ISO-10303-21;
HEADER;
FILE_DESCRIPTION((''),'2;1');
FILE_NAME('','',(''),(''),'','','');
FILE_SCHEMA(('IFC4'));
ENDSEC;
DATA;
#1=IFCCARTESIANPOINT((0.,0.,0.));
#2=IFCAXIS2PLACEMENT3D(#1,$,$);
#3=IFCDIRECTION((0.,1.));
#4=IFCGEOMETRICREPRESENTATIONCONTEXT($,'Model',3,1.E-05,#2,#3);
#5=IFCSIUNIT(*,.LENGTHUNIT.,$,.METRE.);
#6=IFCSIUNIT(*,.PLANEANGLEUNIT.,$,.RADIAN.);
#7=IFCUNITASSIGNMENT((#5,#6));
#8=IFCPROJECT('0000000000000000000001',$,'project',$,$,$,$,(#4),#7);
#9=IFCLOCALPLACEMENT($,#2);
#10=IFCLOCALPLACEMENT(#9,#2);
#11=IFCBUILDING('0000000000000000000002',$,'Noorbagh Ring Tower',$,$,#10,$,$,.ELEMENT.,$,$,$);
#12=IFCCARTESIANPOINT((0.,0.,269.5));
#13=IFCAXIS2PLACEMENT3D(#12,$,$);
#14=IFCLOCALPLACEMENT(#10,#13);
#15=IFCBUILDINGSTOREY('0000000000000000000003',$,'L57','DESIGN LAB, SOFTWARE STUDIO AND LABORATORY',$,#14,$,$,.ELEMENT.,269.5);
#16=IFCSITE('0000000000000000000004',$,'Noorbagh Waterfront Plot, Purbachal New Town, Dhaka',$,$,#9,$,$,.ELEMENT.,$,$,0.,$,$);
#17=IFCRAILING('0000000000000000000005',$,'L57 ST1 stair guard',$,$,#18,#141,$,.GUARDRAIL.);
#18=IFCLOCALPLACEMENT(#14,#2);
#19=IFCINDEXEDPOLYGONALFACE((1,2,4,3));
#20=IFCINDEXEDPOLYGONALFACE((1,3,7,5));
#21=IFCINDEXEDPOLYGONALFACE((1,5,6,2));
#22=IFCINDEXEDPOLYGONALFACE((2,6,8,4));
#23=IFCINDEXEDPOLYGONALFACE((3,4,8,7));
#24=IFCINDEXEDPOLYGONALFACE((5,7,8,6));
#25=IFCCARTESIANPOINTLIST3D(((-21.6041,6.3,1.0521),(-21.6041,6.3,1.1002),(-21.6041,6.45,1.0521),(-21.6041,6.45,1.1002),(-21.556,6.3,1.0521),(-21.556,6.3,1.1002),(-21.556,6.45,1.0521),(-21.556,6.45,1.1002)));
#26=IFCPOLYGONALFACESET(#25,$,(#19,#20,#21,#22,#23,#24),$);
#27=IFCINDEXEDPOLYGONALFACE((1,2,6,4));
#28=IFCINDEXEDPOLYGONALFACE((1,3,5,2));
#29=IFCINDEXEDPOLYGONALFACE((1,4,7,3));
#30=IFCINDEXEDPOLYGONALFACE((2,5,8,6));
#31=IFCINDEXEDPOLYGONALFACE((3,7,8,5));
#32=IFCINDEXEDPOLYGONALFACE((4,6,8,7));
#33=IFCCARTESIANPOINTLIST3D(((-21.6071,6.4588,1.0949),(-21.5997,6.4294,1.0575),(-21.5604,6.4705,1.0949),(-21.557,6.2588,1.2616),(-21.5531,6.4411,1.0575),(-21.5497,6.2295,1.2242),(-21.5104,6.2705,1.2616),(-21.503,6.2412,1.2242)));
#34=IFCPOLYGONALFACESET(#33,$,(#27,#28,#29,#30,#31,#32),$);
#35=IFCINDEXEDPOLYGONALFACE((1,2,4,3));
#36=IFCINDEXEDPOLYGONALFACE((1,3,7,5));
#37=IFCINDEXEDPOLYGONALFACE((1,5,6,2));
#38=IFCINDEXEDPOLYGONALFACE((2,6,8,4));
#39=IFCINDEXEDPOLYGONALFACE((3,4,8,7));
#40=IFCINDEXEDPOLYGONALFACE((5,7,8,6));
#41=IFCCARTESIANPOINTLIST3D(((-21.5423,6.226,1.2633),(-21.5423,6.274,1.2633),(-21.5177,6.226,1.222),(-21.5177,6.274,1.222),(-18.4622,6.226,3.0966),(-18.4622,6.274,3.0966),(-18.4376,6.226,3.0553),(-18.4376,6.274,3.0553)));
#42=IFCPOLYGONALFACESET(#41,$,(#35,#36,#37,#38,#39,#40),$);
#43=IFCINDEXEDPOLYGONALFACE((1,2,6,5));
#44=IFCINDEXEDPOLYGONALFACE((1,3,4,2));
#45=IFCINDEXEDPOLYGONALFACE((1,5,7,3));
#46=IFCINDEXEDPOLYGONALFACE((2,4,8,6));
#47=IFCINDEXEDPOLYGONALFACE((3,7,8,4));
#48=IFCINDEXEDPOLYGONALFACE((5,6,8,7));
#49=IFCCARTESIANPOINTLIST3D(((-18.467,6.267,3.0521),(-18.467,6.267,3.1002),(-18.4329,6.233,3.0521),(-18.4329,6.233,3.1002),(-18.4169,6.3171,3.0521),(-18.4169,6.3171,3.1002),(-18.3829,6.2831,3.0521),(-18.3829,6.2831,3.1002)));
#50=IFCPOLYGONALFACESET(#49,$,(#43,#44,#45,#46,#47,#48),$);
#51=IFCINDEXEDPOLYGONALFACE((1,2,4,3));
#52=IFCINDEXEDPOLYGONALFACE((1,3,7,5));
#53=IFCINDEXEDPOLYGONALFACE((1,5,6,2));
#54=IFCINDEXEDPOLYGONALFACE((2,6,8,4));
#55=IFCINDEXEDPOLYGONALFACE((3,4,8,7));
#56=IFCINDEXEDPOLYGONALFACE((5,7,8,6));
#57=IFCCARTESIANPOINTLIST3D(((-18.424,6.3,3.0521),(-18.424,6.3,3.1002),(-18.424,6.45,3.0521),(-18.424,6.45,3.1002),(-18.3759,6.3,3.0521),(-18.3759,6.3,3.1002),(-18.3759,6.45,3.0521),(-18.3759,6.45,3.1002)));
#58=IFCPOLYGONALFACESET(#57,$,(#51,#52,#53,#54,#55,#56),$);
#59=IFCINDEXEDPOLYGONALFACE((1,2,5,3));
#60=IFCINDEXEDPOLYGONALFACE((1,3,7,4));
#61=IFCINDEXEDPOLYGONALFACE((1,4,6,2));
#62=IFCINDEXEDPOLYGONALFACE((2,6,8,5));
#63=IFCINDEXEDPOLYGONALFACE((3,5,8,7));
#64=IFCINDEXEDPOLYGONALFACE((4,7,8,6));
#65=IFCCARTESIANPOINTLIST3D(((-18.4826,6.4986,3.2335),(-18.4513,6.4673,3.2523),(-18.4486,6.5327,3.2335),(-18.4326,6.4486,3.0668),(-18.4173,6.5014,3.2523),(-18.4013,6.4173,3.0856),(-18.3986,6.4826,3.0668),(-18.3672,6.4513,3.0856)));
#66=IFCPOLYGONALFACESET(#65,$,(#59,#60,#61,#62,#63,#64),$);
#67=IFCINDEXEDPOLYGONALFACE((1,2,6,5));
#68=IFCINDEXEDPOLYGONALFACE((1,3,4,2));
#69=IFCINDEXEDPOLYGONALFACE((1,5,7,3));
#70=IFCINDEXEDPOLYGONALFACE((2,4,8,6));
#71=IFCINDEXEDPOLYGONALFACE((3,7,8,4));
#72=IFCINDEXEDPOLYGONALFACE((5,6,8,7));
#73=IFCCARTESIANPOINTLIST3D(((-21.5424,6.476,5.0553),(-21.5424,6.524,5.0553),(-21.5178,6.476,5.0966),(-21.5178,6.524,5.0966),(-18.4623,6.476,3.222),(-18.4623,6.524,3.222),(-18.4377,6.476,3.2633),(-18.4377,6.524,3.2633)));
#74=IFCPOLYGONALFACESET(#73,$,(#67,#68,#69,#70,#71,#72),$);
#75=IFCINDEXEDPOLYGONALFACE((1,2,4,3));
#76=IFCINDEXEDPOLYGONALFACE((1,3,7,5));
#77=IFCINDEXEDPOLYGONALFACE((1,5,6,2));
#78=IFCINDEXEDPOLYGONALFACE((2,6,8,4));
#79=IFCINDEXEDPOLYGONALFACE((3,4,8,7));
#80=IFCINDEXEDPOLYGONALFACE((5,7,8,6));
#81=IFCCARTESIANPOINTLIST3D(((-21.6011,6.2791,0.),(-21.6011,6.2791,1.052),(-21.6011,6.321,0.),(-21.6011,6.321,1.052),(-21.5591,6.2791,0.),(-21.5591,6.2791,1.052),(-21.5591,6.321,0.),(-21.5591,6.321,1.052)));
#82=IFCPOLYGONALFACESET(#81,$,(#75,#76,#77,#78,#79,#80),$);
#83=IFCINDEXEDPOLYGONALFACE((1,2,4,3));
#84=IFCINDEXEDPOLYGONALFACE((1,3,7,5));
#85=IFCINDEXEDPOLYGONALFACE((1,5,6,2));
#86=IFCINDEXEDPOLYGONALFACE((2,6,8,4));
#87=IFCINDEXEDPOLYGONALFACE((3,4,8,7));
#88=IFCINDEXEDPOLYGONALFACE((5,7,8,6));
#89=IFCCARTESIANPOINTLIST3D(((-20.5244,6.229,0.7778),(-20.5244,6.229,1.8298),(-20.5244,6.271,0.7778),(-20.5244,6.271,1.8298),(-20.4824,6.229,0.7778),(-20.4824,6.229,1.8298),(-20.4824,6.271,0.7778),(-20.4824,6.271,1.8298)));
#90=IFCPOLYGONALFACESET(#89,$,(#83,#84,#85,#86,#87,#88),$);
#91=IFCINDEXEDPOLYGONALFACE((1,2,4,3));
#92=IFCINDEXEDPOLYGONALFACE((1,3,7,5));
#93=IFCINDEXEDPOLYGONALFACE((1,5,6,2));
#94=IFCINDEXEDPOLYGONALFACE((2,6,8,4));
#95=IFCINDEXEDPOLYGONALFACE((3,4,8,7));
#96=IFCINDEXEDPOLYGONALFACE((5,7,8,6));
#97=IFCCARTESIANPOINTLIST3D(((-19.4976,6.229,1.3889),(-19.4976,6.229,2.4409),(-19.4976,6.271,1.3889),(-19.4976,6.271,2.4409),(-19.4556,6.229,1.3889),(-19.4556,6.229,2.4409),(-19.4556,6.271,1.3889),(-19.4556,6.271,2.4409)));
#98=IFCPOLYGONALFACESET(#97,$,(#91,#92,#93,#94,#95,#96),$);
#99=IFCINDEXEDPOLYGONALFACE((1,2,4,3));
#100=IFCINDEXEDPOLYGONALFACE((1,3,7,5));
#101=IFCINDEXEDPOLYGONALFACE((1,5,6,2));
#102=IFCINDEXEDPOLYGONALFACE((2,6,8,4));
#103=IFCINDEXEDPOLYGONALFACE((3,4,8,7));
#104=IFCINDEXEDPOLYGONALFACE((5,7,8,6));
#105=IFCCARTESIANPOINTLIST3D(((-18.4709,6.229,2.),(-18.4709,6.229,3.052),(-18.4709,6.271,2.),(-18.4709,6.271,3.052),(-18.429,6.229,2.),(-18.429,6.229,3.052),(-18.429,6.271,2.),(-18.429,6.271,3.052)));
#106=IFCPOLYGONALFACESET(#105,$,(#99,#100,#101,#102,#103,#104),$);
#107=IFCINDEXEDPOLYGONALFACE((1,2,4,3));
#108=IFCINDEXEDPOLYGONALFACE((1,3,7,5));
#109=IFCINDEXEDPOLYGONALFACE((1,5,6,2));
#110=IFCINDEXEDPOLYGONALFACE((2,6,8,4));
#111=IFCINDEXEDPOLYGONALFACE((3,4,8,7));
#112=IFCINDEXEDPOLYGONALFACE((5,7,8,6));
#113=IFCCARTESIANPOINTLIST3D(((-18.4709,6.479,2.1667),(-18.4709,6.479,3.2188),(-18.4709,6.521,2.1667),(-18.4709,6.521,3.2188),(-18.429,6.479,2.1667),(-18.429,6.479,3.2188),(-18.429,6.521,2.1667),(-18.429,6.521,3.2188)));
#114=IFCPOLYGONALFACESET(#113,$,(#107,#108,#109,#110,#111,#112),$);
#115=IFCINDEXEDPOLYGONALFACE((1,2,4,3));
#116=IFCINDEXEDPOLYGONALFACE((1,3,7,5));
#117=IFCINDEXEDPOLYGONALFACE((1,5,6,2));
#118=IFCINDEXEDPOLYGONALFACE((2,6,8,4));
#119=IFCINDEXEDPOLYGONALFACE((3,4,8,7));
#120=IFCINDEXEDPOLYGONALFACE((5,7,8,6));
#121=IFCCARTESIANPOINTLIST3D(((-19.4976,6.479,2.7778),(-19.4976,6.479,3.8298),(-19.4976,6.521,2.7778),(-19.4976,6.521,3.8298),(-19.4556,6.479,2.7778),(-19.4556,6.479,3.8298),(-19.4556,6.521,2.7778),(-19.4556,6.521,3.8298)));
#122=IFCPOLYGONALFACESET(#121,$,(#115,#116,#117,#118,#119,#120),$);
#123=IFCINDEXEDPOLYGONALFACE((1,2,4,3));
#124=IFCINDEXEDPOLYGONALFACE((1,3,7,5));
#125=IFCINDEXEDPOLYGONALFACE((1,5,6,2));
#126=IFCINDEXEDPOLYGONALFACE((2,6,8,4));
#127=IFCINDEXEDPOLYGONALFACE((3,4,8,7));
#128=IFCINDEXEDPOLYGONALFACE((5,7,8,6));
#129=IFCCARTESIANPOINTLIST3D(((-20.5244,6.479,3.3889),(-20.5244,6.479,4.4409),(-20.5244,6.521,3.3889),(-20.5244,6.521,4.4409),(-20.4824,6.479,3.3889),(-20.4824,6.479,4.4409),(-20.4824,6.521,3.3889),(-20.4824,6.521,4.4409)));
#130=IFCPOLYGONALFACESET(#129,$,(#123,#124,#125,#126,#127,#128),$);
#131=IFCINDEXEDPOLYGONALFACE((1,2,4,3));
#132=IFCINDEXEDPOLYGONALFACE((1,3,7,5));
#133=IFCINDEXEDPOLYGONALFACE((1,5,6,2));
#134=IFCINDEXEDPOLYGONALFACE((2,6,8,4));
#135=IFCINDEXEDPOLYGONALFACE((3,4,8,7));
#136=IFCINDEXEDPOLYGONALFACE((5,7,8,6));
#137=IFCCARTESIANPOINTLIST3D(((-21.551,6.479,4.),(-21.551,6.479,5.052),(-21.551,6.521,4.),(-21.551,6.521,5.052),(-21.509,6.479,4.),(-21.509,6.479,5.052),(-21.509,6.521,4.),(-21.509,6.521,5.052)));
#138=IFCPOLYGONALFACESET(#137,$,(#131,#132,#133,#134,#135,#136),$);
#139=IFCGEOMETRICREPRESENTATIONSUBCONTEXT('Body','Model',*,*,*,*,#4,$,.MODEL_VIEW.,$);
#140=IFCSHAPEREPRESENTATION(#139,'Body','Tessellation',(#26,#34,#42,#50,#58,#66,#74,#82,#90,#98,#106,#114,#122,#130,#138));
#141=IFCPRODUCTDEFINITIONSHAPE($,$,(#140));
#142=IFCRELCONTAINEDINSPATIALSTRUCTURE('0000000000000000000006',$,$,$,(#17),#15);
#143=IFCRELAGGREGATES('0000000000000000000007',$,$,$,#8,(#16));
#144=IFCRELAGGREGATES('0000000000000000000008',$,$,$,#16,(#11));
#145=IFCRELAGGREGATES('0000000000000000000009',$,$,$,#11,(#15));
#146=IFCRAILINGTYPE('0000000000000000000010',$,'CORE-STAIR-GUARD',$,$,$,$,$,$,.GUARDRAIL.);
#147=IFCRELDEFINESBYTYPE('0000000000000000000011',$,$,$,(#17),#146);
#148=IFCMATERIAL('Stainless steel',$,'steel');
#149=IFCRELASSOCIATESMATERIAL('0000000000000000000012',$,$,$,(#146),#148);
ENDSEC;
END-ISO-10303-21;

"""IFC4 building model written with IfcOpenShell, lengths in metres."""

from ifc_helpers import new_model, si_unit, direction, frame, origin, origin_2d, place, context, subcontext, project, spatial, rectangle, extrude, material, type_object, element, save


model = new_model("IFC4")

# Units and contexts
model_context = context("Model", 3, precision=1e-05, world=origin(), true_north=direction((0.0, 1.0)))
body_context = subcontext(model_context, "Body", "Model", "MODEL_VIEW")
ifc_project = project(units=[si_unit("LENGTHUNIT", "METRE"), si_unit("PLANEANGLEUNIT", "RADIAN")], contexts=[model_context])

# Site, building, storey
site_placement = place(None, origin())
site = spatial("IfcSite", under=ifc_project, at=site_placement, Name="Noorbagh Waterfront Plot, Purbachal New Town, Dhaka", CompositionType="ELEMENT", RefElevation=0.0)
building_placement = place(site_placement, origin())
building = spatial("IfcBuilding", under=site, at=building_placement, Name="Noorbagh Ring Tower", CompositionType="ELEMENT")
storey_placement = place(building_placement, frame((0.0, 0.0, 269.5)))
storey = spatial("IfcBuildingStorey", under=building, at=storey_placement, Name="L57", Description="DESIGN LAB, SOFTWARE STUDIO AND LABORATORY", CompositionType="ELEMENT", Elevation=269.5)

# Railing
ifc_material_1 = material(Name="Stainless steel", Category="steel")
railing_type_1 = type_object("IfcRailingType", Name="CORE-STAIR-GUARD", PredefinedType="GUARDRAIL", material=ifc_material_1)
railing_1_placement = place(storey_placement, frame((-21.5801, 6.3, 0.0)))
element("IfcRailing", 1, at=railing_1_placement, inside=storey, type_object=railing_type_1, Name="L57 ST1 stair guard", PredefinedType="GUARDRAIL", context=body_context, shape_type="SweptSolid", body=[
    extrude(rectangle(XDim=0.0481, YDim=0.0481, at=origin_2d()), frame((0.0, 0.0, 1.0762), z_axis=(0.0, 1.0, 0.0), x_axis=(-1.0, 0.0, 0.0)), (0.0, 0.0, 1.0), 0.1499),
    extrude(rectangle(XDim=0.0481, YDim=0.0481, at=origin_2d()), frame((0.0, 0.1499, 1.0762), z_axis=(0.188776, -0.754182, 0.628946), x_axis=(0.970073, 0.242814, 0.0)), (0.0, 0.0, 1.0), 0.2651),
    extrude(rectangle(XDim=0.0481, YDim=0.0481, at=origin_2d()), frame((0.05, -0.05, 1.2427), z_axis=(0.859309, 0.0, 0.511458), x_axis=(0.0, 1.0, 0.0)), (0.0, 0.0, 1.0), 3.5845),
    extrude(rectangle(XDim=0.0481, YDim=0.0481, at=origin_2d()), frame((3.1301, -0.05, 3.0762), z_axis=(0.707107, 0.707107, 0.0), x_axis=(-0.707107, 0.707107, 0.0)), (0.0, 0.0, 1.0), 0.0708),
    extrude(rectangle(XDim=0.0481, YDim=0.0481, at=origin_2d()), frame((3.1802, 0.0, 3.0762), z_axis=(0.0, 1.0, 0.0), x_axis=(-1.0, 0.0, 0.0)), (0.0, 0.0, 1.0), 0.1499),
    extrude(rectangle(XDim=0.0481, YDim=0.0481, at=origin_2d()), frame((3.1802, 0.1499, 3.0762), z_axis=(-0.276287, 0.276287, 0.920506), x_axis=(-0.707107, -0.707107, 0.0)), (0.0, 0.0, 1.0), 0.1812),
    extrude(rectangle(XDim=0.0481, YDim=0.0481, at=origin_2d()), frame((3.1301, 0.2, 3.2427), z_axis=(-0.859309, 0.0, 0.511458), x_axis=(0.0, -1.0, 0.0)), (0.0, 0.0, 1.0), 3.5845),
    extrude(rectangle(XDim=0.042, YDim=0.042, at=origin_2d()), origin(), (0.0, 0.0, 1.0), 1.052),
    extrude(rectangle(XDim=0.042, YDim=0.042, at=origin_2d()), frame((1.0767, -0.05, 0.7778)), (0.0, 0.0, 1.0), 1.052),
    extrude(rectangle(XDim=0.042, YDim=0.042, at=origin_2d()), frame((2.1035, -0.05, 1.3889)), (0.0, 0.0, 1.0), 1.052),
    extrude(rectangle(XDim=0.042, YDim=0.042, at=origin_2d()), frame((3.1301, -0.05, 2.0)), (0.0, 0.0, 1.0), 1.052),
    extrude(rectangle(XDim=0.042, YDim=0.042, at=origin_2d()), frame((3.1301, 0.2, 2.1667)), (0.0, 0.0, 1.0), 1.052),
    extrude(rectangle(XDim=0.042, YDim=0.042, at=origin_2d()), frame((2.1035, 0.2, 2.7778)), (0.0, 0.0, 1.0), 1.052),
    extrude(rectangle(XDim=0.042, YDim=0.042, at=origin_2d()), frame((1.0767, 0.2, 3.3889)), (0.0, 0.0, 1.0), 1.052),
    extrude(rectangle(XDim=0.042, YDim=0.042, at=origin_2d()), frame((0.05, 0.2, 4.0)), (0.0, 0.0, 1.0), 1.052),
])

save(model, "model.ifc")
